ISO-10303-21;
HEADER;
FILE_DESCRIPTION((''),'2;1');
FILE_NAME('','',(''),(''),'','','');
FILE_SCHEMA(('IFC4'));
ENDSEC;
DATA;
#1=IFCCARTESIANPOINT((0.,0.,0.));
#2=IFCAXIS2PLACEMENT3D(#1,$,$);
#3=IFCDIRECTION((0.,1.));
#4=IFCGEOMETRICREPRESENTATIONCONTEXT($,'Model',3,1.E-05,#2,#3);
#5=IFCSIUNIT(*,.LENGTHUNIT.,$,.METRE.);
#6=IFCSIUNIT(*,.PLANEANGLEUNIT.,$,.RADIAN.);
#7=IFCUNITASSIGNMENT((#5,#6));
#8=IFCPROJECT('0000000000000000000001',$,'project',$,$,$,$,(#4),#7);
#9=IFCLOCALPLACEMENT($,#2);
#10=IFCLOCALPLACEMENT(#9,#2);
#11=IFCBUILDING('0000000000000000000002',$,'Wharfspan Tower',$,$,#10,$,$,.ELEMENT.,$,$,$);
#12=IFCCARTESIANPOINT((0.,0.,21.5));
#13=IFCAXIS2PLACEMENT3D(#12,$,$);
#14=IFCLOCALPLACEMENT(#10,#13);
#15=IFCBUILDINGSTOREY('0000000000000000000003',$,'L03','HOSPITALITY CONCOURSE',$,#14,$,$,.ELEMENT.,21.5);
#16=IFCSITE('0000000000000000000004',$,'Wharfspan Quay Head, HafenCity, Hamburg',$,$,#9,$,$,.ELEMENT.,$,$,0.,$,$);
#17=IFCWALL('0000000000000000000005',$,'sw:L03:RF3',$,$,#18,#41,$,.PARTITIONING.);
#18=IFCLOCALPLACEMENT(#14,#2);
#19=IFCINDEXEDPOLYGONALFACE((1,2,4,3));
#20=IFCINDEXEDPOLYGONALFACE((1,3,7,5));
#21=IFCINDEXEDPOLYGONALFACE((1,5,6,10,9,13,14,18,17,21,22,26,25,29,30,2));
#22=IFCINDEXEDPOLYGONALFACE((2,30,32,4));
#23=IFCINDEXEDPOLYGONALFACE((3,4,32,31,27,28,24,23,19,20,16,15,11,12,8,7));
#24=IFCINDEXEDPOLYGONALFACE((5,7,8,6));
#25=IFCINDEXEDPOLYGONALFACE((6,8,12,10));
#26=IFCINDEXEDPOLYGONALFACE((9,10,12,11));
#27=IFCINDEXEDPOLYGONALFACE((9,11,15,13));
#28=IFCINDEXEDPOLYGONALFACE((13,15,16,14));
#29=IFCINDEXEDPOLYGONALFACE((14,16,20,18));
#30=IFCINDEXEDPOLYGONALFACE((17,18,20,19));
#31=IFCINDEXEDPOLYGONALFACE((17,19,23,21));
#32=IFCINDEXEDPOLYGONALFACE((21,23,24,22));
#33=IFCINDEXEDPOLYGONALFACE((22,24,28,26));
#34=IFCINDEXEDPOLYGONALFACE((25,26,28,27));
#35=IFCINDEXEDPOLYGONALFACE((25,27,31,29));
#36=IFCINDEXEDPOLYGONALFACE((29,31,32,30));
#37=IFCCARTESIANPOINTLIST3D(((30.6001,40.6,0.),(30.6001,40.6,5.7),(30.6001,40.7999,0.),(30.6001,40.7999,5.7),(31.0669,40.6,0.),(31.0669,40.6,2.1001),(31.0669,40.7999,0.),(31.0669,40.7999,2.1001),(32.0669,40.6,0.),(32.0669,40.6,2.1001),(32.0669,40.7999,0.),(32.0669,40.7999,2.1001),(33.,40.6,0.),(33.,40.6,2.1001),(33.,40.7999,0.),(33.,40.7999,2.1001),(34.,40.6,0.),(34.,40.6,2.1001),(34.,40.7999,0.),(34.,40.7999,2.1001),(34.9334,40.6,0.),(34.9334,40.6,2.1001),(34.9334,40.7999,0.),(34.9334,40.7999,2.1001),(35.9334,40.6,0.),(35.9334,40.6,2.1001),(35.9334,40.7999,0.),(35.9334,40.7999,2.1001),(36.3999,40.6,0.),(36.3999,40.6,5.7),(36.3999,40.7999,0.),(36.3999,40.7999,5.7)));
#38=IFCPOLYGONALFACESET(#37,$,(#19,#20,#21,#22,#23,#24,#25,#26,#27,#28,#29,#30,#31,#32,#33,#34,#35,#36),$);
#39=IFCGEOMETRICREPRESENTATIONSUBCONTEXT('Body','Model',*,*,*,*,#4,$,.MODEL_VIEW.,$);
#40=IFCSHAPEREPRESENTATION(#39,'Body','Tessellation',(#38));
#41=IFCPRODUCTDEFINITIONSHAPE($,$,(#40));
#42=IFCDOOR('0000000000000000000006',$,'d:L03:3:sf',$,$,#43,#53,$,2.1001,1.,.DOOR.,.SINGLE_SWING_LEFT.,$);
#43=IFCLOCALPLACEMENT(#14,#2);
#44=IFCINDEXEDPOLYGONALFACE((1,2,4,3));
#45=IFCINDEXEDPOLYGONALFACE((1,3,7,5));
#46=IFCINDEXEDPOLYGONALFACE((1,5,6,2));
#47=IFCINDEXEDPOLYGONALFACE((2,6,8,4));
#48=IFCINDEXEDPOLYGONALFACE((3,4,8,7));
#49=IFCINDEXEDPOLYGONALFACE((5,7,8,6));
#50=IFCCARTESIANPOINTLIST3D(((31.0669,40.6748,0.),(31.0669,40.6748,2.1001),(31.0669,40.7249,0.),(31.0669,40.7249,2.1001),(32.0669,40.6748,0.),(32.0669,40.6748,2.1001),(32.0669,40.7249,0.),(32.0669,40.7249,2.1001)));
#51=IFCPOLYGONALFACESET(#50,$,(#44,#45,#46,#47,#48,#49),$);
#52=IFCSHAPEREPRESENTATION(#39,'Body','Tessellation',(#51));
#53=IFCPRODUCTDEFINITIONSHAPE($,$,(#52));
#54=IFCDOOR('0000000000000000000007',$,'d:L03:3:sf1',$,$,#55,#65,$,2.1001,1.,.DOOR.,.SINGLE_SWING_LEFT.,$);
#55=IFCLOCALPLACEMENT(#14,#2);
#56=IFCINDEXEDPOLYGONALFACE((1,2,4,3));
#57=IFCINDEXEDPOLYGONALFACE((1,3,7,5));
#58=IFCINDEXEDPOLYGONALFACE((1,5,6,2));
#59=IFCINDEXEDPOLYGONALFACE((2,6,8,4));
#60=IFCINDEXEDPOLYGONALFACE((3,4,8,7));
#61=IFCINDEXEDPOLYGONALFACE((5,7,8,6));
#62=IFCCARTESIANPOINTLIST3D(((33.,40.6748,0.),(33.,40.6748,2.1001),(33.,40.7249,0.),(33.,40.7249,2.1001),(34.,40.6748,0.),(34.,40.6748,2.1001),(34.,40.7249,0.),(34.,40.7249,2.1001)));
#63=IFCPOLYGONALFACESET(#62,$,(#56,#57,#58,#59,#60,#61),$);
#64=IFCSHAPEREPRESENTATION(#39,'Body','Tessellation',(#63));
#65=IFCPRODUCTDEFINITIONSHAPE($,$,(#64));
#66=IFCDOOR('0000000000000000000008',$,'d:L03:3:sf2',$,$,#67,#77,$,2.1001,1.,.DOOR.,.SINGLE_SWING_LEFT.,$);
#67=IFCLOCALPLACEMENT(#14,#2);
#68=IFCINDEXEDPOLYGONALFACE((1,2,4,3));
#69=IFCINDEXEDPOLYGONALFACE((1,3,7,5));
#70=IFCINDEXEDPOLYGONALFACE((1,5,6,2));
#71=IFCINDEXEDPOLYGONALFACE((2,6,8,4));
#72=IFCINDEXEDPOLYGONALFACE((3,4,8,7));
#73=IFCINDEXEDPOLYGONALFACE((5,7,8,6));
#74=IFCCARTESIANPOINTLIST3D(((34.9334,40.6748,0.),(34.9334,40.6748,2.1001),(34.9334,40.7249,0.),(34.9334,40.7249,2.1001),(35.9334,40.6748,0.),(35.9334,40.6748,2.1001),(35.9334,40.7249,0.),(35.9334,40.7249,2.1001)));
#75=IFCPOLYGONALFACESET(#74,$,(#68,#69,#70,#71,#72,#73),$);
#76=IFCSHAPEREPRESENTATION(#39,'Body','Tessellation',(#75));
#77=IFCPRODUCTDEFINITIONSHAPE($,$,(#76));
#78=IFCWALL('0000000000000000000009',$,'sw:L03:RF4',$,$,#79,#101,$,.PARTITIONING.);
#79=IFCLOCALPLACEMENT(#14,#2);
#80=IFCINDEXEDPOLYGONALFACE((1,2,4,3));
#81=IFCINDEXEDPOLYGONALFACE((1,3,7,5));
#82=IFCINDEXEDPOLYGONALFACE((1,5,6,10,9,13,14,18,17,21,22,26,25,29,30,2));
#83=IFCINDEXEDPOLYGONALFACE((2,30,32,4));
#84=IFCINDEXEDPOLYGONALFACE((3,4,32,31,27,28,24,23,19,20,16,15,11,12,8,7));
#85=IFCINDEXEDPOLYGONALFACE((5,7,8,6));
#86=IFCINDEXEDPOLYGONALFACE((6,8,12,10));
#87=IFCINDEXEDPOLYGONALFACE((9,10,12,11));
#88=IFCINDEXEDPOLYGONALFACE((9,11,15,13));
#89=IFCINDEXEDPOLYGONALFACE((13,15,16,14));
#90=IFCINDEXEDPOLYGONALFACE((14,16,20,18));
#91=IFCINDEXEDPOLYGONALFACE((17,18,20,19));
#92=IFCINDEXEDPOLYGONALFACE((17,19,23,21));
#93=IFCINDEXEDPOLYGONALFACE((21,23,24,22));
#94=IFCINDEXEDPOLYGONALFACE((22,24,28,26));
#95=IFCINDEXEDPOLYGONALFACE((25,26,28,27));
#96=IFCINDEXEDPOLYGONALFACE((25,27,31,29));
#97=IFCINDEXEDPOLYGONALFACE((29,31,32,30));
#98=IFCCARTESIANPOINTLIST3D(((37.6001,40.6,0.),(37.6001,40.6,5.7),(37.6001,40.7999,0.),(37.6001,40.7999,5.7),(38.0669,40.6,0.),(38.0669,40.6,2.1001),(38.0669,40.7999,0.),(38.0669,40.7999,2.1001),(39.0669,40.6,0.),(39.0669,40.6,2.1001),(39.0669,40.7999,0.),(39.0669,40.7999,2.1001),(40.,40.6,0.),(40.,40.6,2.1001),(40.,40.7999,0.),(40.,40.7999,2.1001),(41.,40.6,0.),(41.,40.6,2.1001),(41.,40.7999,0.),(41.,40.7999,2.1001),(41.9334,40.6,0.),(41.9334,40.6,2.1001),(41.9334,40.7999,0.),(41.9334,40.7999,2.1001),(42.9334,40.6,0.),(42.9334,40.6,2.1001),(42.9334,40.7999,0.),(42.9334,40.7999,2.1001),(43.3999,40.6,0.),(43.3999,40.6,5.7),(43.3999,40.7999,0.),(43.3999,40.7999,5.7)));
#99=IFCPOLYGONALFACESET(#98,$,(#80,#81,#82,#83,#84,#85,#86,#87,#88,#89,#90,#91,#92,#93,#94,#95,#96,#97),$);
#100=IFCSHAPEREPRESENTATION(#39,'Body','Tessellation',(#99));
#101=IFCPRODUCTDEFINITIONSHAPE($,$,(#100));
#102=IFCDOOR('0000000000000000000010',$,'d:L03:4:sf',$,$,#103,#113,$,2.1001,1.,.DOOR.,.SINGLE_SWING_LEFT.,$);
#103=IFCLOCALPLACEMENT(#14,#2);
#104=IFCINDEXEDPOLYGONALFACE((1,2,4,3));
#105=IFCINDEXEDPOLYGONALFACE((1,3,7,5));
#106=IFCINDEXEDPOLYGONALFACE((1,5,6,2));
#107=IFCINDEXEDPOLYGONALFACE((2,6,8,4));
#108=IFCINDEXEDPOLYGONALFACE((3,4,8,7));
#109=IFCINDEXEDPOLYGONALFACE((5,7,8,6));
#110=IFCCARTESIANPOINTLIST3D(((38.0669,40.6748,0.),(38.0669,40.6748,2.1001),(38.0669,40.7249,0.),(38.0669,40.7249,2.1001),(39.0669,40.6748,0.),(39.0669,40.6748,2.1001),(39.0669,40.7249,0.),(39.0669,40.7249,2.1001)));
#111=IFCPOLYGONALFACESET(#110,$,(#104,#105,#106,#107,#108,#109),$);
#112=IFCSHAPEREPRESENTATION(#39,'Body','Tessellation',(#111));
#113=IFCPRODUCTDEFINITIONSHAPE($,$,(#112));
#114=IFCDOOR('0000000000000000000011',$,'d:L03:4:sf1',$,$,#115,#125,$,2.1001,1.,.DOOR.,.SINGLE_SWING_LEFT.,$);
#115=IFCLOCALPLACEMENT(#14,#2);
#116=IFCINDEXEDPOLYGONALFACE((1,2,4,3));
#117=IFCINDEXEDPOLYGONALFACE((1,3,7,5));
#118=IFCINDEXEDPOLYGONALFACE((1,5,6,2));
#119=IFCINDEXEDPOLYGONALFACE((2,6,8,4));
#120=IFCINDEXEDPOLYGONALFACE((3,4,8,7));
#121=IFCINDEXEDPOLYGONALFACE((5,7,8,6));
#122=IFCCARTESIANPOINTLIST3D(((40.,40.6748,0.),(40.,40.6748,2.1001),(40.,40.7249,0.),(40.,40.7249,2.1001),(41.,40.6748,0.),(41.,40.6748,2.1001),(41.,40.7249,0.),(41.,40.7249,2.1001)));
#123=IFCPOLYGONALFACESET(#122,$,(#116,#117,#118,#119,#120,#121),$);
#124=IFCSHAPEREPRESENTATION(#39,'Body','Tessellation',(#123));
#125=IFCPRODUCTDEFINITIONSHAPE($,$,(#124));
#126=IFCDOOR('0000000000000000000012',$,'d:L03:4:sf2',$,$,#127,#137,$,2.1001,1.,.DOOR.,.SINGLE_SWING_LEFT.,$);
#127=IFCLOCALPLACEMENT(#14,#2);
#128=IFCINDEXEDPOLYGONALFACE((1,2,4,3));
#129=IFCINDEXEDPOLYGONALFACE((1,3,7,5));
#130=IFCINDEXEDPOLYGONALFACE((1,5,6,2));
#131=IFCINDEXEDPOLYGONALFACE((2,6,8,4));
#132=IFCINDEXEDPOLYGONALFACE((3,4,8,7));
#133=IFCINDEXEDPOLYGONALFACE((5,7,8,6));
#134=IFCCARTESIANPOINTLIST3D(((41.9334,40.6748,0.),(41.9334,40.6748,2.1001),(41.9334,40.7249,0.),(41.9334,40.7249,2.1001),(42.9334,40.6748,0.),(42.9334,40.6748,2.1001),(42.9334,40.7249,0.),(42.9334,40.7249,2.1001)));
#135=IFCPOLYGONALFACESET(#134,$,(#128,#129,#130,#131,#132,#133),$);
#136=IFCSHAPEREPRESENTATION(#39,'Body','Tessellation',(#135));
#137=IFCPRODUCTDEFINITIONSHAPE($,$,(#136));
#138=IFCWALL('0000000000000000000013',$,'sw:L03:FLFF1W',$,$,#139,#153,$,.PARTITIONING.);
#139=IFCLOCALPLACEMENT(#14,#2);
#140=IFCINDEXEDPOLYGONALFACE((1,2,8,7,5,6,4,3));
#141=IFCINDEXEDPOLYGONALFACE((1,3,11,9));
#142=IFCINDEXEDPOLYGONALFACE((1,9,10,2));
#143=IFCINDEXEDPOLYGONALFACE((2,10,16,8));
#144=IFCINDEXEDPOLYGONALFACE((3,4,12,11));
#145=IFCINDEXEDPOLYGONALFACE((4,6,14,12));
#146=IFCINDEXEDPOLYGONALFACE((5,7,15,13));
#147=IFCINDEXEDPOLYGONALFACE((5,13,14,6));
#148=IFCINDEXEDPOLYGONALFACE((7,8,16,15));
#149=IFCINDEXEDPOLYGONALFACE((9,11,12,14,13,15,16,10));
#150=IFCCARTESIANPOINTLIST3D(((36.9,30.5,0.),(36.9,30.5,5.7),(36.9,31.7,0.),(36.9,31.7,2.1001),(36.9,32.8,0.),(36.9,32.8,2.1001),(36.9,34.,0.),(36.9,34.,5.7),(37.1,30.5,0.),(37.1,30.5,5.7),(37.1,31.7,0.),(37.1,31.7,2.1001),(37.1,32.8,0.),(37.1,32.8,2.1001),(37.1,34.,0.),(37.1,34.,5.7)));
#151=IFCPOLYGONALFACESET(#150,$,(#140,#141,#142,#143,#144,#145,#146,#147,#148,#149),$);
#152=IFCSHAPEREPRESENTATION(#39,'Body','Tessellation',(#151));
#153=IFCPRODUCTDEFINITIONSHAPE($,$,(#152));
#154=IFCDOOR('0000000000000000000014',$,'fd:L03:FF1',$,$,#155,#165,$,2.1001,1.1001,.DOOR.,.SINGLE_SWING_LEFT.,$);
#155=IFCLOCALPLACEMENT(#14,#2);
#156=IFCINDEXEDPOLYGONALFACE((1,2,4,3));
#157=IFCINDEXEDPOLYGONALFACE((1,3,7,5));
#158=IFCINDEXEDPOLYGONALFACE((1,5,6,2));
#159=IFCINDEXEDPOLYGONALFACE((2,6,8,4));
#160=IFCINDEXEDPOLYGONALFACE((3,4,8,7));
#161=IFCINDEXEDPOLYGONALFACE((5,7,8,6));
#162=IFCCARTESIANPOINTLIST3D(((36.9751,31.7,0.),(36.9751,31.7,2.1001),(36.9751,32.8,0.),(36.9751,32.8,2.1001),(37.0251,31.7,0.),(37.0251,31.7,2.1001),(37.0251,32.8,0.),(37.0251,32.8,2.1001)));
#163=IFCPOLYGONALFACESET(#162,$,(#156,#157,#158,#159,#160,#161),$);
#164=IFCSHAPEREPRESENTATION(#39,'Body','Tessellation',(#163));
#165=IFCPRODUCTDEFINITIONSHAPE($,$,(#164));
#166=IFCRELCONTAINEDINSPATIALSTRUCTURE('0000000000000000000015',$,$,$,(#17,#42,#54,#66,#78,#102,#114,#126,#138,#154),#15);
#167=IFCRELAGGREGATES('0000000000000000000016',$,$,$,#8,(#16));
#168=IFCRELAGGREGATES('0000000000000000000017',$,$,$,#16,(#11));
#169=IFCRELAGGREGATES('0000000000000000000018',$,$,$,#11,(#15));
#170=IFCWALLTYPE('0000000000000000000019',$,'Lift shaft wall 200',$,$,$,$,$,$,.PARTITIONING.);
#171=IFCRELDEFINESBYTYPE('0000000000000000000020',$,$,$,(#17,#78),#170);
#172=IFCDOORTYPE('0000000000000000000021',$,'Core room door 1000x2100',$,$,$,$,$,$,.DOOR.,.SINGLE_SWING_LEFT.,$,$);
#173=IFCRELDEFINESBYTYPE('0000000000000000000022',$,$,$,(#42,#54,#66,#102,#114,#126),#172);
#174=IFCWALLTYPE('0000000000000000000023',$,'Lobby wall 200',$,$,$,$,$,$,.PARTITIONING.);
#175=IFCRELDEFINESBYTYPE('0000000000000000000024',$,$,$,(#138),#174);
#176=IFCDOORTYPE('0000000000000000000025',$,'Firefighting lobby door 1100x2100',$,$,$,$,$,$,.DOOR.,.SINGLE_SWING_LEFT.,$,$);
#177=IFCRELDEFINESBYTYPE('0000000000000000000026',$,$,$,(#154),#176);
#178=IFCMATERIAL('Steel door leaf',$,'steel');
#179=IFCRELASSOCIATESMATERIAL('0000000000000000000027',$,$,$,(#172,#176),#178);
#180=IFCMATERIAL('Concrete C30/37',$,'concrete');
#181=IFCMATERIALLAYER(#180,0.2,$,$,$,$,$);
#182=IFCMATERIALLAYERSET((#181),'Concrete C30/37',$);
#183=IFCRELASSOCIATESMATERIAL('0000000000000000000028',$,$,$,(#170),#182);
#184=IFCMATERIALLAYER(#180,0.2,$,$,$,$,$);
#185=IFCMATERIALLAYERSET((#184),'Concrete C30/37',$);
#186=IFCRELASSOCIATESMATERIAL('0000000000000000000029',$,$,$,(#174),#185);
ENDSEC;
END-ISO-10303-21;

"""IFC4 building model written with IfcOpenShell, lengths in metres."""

from ifc_helpers import new_model, si_unit, direction, frame, frame_2d, origin, place, context, subcontext, project, spatial, rectangle, extrude, material, layer, layer_set, type_object, element, fill, save


model = new_model("IFC4")

# Units and contexts
model_context = context("Model", 3, precision=1e-05, world=origin(), true_north=direction((0.0, 1.0)))
body_context = subcontext(model_context, "Body", "Model", "MODEL_VIEW")
ifc_project = project(units=[si_unit("LENGTHUNIT", "METRE"), si_unit("PLANEANGLEUNIT", "RADIAN")], contexts=[model_context])

# Site, building, storey
site_placement = place(None, origin())
site = spatial("IfcSite", under=ifc_project, at=site_placement, Name="Wharfspan Quay Head, HafenCity, Hamburg", CompositionType="ELEMENT", RefElevation=0.0)
building_placement = place(site_placement, origin())
building = spatial("IfcBuilding", under=site, at=building_placement, Name="Wharfspan Tower", CompositionType="ELEMENT")
storey_placement = place(building_placement, frame((0.0, 0.0, 21.5)))
storey = spatial("IfcBuildingStorey", under=building, at=storey_placement, Name="L03", Description="HOSPITALITY CONCOURSE", CompositionType="ELEMENT", Elevation=21.5)

# Shared definitions
ifc_material_1 = material(Name="Steel door leaf", Category="steel")

# Walls, openings, doors
door_type_1 = type_object("IfcDoorType", Name="Core room door 1000x2100", OperationType="SINGLE_SWING_LEFT", PredefinedType="DOOR", material=ifc_material_1)
ifc_material_2 = material(Name="Concrete C30/37", Category="concrete")
ifc_layer_1 = layer(ifc_material_2, 0.2)
ifc_layer_set_1 = layer_set([ifc_layer_1], Name="Concrete C30/37")
wall_type_1 = type_object("IfcWallType", Name="Lift shaft wall 200", PredefinedType="PARTITIONING", material=ifc_layer_set_1)
wall_1_placement = place(storey_placement, frame((30.6001, 40.7, 0.0), z_axis=(0.0, 0.0, 1.0), x_axis=(1.0, 0.0, 0.0)))
wall_1 = element("IfcWall", 1, at=wall_1_placement, inside=storey, type_object=wall_type_1, Name="sw:L03:RF3", PredefinedType="PARTITIONING", context=body_context, shape_type="SweptSolid", body=[
    extrude(rectangle(XDim=5.7998, YDim=0.2, at=frame_2d((2.8999, 0.0))), origin(), (0.0, 0.0, 1.0), 5.7),
])
opening_1_placement = place(wall_1_placement, frame((0.4668, 0.0, 0.0)))
opening_1 = element("IfcOpeningElement", 2, at=opening_1_placement, cuts=wall_1, PredefinedType="OPENING", context=body_context, shape_type="SweptSolid", body=[
    extrude(rectangle(XDim=1.0, YDim=2.1001, at=frame_2d((0.5, 1.05))), frame((0.0, 0.1099, 0.0), z_axis=(0.0, -1.0, 0.0), x_axis=(1.0, 0.0, 0.0)), (0.0, 0.0, 1.0), 0.22),
])
opening_2_placement = place(wall_1_placement, frame((2.3999, 0.0, 0.0)))
opening_2 = element("IfcOpeningElement", 3, at=opening_2_placement, cuts=wall_1, PredefinedType="OPENING", context=body_context, shape_type="SweptSolid", body=[
    extrude(rectangle(XDim=1.0, YDim=2.1001, at=frame_2d((0.5, 1.05))), frame((0.0, 0.1099, 0.0), z_axis=(0.0, -1.0, 0.0), x_axis=(1.0, 0.0, 0.0)), (0.0, 0.0, 1.0), 0.22),
])
opening_3_placement = place(wall_1_placement, frame((4.3333, 0.0, 0.0)))
opening_3 = element("IfcOpeningElement", 4, at=opening_3_placement, cuts=wall_1, PredefinedType="OPENING", context=body_context, shape_type="SweptSolid", body=[
    extrude(rectangle(XDim=1.0, YDim=2.1001, at=frame_2d((0.5, 1.05))), frame((0.0, 0.1099, 0.0), z_axis=(0.0, -1.0, 0.0), x_axis=(1.0, 0.0, 0.0)), (0.0, 0.0, 1.0), 0.22),
])
door_1_placement = place(opening_1_placement, origin())
door_1 = element("IfcDoor", 5, at=door_1_placement, inside=storey, type_object=door_type_1, Name="d:L03:3:sf", OperationType="SINGLE_SWING_LEFT", OverallHeight=2.1001, OverallWidth=1.0, PredefinedType="DOOR", context=body_context, shape_type="SweptSolid", body=[
    extrude(rectangle(XDim=1.0, YDim=2.1001, at=frame_2d((0.5, 1.05))), frame((0.0, 0.0249, 0.0), z_axis=(0.0, -1.0, 0.0), x_axis=(1.0, 0.0, 0.0)), (0.0, 0.0, 1.0), 0.05),
])
fill(opening_1, door_1)
door_2_placement = place(opening_2_placement, origin())
door_2 = element("IfcDoor", 6, at=door_2_placement, inside=storey, type_object=door_type_1, Name="d:L03:3:sf1", OperationType="SINGLE_SWING_LEFT", OverallHeight=2.1001, OverallWidth=1.0, PredefinedType="DOOR", context=body_context, shape_type="SweptSolid", body=[
    extrude(rectangle(XDim=1.0, YDim=2.1001, at=frame_2d((0.5, 1.05))), frame((0.0, 0.0249, 0.0), z_axis=(0.0, -1.0, 0.0), x_axis=(1.0, 0.0, 0.0)), (0.0, 0.0, 1.0), 0.05),
])
fill(opening_2, door_2)
door_3_placement = place(opening_3_placement, origin())
door_3 = element("IfcDoor", 7, at=door_3_placement, inside=storey, type_object=door_type_1, Name="d:L03:3:sf2", OperationType="SINGLE_SWING_LEFT", OverallHeight=2.1001, OverallWidth=1.0, PredefinedType="DOOR", context=body_context, shape_type="SweptSolid", body=[
    extrude(rectangle(XDim=1.0, YDim=2.1001, at=frame_2d((0.5, 1.05))), frame((0.0, 0.0249, 0.0), z_axis=(0.0, -1.0, 0.0), x_axis=(1.0, 0.0, 0.0)), (0.0, 0.0, 1.0), 0.05),
])
fill(opening_3, door_3)
wall_2_placement = place(storey_placement, frame((37.6001, 40.7, 0.0), z_axis=(0.0, 0.0, 1.0), x_axis=(1.0, 0.0, 0.0)))
wall_2 = element("IfcWall", 8, at=wall_2_placement, inside=storey, type_object=wall_type_1, Name="sw:L03:RF4", PredefinedType="PARTITIONING", context=body_context, shape_type="SweptSolid", body=[
    extrude(rectangle(XDim=5.7998, YDim=0.2, at=frame_2d((2.8999, 0.0))), origin(), (0.0, 0.0, 1.0), 5.7),
])
opening_4_placement = place(wall_2_placement, frame((0.4668, 0.0, 0.0)))
opening_4 = element("IfcOpeningElement", 9, at=opening_4_placement, cuts=wall_2, PredefinedType="OPENING", context=body_context, shape_type="SweptSolid", body=[
    extrude(rectangle(XDim=1.0, YDim=2.1001, at=frame_2d((0.5, 1.05))), frame((0.0, 0.1099, 0.0), z_axis=(0.0, -1.0, 0.0), x_axis=(1.0, 0.0, 0.0)), (0.0, 0.0, 1.0), 0.22),
])
opening_5_placement = place(wall_2_placement, frame((2.3999, 0.0, 0.0)))
opening_5 = element("IfcOpeningElement", 10, at=opening_5_placement, cuts=wall_2, PredefinedType="OPENING", context=body_context, shape_type="SweptSolid", body=[
    extrude(rectangle(XDim=1.0, YDim=2.1001, at=frame_2d((0.5, 1.05))), frame((0.0, 0.1099, 0.0), z_axis=(0.0, -1.0, 0.0), x_axis=(1.0, 0.0, 0.0)), (0.0, 0.0, 1.0), 0.22),
])
opening_6_placement = place(wall_2_placement, frame((4.3333, 0.0, 0.0)))
opening_6 = element("IfcOpeningElement", 11, at=opening_6_placement, cuts=wall_2, PredefinedType="OPENING", context=body_context, shape_type="SweptSolid", body=[
    extrude(rectangle(XDim=1.0, YDim=2.1001, at=frame_2d((0.5, 1.05))), frame((0.0, 0.1099, 0.0), z_axis=(0.0, -1.0, 0.0), x_axis=(1.0, 0.0, 0.0)), (0.0, 0.0, 1.0), 0.22),
])
door_4_placement = place(opening_4_placement, origin())
door_4 = element("IfcDoor", 12, at=door_4_placement, inside=storey, type_object=door_type_1, Name="d:L03:4:sf", OperationType="SINGLE_SWING_LEFT", OverallHeight=2.1001, OverallWidth=1.0, PredefinedType="DOOR", context=body_context, shape_type="SweptSolid", body=[
    extrude(rectangle(XDim=1.0, YDim=2.1001, at=frame_2d((0.5, 1.05))), frame((0.0, 0.0249, 0.0), z_axis=(0.0, -1.0, 0.0), x_axis=(1.0, 0.0, 0.0)), (0.0, 0.0, 1.0), 0.05),
])
fill(opening_4, door_4)
door_5_placement = place(opening_5_placement, origin())
door_5 = element("IfcDoor", 13, at=door_5_placement, inside=storey, type_object=door_type_1, Name="d:L03:4:sf1", OperationType="SINGLE_SWING_LEFT", OverallHeight=2.1001, OverallWidth=1.0, PredefinedType="DOOR", context=body_context, shape_type="SweptSolid", body=[
    extrude(rectangle(XDim=1.0, YDim=2.1001, at=frame_2d((0.5, 1.05))), frame((0.0, 0.0249, 0.0), z_axis=(0.0, -1.0, 0.0), x_axis=(1.0, 0.0, 0.0)), (0.0, 0.0, 1.0), 0.05),
])
fill(opening_5, door_5)
door_6_placement = place(opening_6_placement, origin())
door_6 = element("IfcDoor", 14, at=door_6_placement, inside=storey, type_object=door_type_1, Name="d:L03:4:sf2", OperationType="SINGLE_SWING_LEFT", OverallHeight=2.1001, OverallWidth=1.0, PredefinedType="DOOR", context=body_context, shape_type="SweptSolid", body=[
    extrude(rectangle(XDim=1.0, YDim=2.1001, at=frame_2d((0.5, 1.05))), frame((0.0, 0.0249, 0.0), z_axis=(0.0, -1.0, 0.0), x_axis=(1.0, 0.0, 0.0)), (0.0, 0.0, 1.0), 0.05),
])
fill(opening_6, door_6)

# Wall, opening, door
ifc_layer_2 = layer(ifc_material_2, 0.2)
ifc_layer_set_2 = layer_set([ifc_layer_2], Name="Concrete C30/37")
wall_type_2 = type_object("IfcWallType", Name="Lobby wall 200", PredefinedType="PARTITIONING", material=ifc_layer_set_2)
wall_3_placement = place(storey_placement, frame((37.0, 30.5, 0.0), z_axis=(0.0, 0.0, 1.0), x_axis=(0.0, 1.0, 0.0)))
wall_3 = element("IfcWall", 15, at=wall_3_placement, inside=storey, type_object=wall_type_2, Name="sw:L03:FLFF1W", PredefinedType="PARTITIONING", context=body_context, shape_type="SweptSolid", body=[
    extrude(rectangle(XDim=3.5, YDim=0.2, at=frame_2d((1.75, 0.0))), origin(), (0.0, 0.0, 1.0), 5.7),
])
opening_7_placement = place(wall_3_placement, frame((1.2, 0.0, 0.0)))
opening_7 = element("IfcOpeningElement", 16, at=opening_7_placement, cuts=wall_3, PredefinedType="OPENING", context=body_context, shape_type="SweptSolid", body=[
    extrude(rectangle(XDim=1.1001, YDim=2.1001, at=frame_2d((0.55, 1.05))), frame((0.0, 0.1099, 0.0), z_axis=(0.0, -1.0, 0.0), x_axis=(1.0, 0.0, 0.0)), (0.0, 0.0, 1.0), 0.22),
])
door_type_2 = type_object("IfcDoorType", Name="Firefighting lobby door 1100x2100", OperationType="SINGLE_SWING_LEFT", PredefinedType="DOOR", material=ifc_material_1)
door_7_placement = place(opening_7_placement, origin())
door_7 = element("IfcDoor", 17, at=door_7_placement, inside=storey, type_object=door_type_2, Name="fd:L03:FF1", OperationType="SINGLE_SWING_LEFT", OverallHeight=2.1001, OverallWidth=1.1001, PredefinedType="DOOR", context=body_context, shape_type="SweptSolid", body=[
    extrude(rectangle(XDim=1.1001, YDim=2.1001, at=frame_2d((0.55, 1.05))), frame((0.0, 0.0249, 0.0), z_axis=(0.0, -1.0, 0.0), x_axis=(1.0, 0.0, 0.0)), (0.0, 0.0, 1.0), 0.05),
])
fill(opening_7, door_7)

save(model, "model.ifc")
